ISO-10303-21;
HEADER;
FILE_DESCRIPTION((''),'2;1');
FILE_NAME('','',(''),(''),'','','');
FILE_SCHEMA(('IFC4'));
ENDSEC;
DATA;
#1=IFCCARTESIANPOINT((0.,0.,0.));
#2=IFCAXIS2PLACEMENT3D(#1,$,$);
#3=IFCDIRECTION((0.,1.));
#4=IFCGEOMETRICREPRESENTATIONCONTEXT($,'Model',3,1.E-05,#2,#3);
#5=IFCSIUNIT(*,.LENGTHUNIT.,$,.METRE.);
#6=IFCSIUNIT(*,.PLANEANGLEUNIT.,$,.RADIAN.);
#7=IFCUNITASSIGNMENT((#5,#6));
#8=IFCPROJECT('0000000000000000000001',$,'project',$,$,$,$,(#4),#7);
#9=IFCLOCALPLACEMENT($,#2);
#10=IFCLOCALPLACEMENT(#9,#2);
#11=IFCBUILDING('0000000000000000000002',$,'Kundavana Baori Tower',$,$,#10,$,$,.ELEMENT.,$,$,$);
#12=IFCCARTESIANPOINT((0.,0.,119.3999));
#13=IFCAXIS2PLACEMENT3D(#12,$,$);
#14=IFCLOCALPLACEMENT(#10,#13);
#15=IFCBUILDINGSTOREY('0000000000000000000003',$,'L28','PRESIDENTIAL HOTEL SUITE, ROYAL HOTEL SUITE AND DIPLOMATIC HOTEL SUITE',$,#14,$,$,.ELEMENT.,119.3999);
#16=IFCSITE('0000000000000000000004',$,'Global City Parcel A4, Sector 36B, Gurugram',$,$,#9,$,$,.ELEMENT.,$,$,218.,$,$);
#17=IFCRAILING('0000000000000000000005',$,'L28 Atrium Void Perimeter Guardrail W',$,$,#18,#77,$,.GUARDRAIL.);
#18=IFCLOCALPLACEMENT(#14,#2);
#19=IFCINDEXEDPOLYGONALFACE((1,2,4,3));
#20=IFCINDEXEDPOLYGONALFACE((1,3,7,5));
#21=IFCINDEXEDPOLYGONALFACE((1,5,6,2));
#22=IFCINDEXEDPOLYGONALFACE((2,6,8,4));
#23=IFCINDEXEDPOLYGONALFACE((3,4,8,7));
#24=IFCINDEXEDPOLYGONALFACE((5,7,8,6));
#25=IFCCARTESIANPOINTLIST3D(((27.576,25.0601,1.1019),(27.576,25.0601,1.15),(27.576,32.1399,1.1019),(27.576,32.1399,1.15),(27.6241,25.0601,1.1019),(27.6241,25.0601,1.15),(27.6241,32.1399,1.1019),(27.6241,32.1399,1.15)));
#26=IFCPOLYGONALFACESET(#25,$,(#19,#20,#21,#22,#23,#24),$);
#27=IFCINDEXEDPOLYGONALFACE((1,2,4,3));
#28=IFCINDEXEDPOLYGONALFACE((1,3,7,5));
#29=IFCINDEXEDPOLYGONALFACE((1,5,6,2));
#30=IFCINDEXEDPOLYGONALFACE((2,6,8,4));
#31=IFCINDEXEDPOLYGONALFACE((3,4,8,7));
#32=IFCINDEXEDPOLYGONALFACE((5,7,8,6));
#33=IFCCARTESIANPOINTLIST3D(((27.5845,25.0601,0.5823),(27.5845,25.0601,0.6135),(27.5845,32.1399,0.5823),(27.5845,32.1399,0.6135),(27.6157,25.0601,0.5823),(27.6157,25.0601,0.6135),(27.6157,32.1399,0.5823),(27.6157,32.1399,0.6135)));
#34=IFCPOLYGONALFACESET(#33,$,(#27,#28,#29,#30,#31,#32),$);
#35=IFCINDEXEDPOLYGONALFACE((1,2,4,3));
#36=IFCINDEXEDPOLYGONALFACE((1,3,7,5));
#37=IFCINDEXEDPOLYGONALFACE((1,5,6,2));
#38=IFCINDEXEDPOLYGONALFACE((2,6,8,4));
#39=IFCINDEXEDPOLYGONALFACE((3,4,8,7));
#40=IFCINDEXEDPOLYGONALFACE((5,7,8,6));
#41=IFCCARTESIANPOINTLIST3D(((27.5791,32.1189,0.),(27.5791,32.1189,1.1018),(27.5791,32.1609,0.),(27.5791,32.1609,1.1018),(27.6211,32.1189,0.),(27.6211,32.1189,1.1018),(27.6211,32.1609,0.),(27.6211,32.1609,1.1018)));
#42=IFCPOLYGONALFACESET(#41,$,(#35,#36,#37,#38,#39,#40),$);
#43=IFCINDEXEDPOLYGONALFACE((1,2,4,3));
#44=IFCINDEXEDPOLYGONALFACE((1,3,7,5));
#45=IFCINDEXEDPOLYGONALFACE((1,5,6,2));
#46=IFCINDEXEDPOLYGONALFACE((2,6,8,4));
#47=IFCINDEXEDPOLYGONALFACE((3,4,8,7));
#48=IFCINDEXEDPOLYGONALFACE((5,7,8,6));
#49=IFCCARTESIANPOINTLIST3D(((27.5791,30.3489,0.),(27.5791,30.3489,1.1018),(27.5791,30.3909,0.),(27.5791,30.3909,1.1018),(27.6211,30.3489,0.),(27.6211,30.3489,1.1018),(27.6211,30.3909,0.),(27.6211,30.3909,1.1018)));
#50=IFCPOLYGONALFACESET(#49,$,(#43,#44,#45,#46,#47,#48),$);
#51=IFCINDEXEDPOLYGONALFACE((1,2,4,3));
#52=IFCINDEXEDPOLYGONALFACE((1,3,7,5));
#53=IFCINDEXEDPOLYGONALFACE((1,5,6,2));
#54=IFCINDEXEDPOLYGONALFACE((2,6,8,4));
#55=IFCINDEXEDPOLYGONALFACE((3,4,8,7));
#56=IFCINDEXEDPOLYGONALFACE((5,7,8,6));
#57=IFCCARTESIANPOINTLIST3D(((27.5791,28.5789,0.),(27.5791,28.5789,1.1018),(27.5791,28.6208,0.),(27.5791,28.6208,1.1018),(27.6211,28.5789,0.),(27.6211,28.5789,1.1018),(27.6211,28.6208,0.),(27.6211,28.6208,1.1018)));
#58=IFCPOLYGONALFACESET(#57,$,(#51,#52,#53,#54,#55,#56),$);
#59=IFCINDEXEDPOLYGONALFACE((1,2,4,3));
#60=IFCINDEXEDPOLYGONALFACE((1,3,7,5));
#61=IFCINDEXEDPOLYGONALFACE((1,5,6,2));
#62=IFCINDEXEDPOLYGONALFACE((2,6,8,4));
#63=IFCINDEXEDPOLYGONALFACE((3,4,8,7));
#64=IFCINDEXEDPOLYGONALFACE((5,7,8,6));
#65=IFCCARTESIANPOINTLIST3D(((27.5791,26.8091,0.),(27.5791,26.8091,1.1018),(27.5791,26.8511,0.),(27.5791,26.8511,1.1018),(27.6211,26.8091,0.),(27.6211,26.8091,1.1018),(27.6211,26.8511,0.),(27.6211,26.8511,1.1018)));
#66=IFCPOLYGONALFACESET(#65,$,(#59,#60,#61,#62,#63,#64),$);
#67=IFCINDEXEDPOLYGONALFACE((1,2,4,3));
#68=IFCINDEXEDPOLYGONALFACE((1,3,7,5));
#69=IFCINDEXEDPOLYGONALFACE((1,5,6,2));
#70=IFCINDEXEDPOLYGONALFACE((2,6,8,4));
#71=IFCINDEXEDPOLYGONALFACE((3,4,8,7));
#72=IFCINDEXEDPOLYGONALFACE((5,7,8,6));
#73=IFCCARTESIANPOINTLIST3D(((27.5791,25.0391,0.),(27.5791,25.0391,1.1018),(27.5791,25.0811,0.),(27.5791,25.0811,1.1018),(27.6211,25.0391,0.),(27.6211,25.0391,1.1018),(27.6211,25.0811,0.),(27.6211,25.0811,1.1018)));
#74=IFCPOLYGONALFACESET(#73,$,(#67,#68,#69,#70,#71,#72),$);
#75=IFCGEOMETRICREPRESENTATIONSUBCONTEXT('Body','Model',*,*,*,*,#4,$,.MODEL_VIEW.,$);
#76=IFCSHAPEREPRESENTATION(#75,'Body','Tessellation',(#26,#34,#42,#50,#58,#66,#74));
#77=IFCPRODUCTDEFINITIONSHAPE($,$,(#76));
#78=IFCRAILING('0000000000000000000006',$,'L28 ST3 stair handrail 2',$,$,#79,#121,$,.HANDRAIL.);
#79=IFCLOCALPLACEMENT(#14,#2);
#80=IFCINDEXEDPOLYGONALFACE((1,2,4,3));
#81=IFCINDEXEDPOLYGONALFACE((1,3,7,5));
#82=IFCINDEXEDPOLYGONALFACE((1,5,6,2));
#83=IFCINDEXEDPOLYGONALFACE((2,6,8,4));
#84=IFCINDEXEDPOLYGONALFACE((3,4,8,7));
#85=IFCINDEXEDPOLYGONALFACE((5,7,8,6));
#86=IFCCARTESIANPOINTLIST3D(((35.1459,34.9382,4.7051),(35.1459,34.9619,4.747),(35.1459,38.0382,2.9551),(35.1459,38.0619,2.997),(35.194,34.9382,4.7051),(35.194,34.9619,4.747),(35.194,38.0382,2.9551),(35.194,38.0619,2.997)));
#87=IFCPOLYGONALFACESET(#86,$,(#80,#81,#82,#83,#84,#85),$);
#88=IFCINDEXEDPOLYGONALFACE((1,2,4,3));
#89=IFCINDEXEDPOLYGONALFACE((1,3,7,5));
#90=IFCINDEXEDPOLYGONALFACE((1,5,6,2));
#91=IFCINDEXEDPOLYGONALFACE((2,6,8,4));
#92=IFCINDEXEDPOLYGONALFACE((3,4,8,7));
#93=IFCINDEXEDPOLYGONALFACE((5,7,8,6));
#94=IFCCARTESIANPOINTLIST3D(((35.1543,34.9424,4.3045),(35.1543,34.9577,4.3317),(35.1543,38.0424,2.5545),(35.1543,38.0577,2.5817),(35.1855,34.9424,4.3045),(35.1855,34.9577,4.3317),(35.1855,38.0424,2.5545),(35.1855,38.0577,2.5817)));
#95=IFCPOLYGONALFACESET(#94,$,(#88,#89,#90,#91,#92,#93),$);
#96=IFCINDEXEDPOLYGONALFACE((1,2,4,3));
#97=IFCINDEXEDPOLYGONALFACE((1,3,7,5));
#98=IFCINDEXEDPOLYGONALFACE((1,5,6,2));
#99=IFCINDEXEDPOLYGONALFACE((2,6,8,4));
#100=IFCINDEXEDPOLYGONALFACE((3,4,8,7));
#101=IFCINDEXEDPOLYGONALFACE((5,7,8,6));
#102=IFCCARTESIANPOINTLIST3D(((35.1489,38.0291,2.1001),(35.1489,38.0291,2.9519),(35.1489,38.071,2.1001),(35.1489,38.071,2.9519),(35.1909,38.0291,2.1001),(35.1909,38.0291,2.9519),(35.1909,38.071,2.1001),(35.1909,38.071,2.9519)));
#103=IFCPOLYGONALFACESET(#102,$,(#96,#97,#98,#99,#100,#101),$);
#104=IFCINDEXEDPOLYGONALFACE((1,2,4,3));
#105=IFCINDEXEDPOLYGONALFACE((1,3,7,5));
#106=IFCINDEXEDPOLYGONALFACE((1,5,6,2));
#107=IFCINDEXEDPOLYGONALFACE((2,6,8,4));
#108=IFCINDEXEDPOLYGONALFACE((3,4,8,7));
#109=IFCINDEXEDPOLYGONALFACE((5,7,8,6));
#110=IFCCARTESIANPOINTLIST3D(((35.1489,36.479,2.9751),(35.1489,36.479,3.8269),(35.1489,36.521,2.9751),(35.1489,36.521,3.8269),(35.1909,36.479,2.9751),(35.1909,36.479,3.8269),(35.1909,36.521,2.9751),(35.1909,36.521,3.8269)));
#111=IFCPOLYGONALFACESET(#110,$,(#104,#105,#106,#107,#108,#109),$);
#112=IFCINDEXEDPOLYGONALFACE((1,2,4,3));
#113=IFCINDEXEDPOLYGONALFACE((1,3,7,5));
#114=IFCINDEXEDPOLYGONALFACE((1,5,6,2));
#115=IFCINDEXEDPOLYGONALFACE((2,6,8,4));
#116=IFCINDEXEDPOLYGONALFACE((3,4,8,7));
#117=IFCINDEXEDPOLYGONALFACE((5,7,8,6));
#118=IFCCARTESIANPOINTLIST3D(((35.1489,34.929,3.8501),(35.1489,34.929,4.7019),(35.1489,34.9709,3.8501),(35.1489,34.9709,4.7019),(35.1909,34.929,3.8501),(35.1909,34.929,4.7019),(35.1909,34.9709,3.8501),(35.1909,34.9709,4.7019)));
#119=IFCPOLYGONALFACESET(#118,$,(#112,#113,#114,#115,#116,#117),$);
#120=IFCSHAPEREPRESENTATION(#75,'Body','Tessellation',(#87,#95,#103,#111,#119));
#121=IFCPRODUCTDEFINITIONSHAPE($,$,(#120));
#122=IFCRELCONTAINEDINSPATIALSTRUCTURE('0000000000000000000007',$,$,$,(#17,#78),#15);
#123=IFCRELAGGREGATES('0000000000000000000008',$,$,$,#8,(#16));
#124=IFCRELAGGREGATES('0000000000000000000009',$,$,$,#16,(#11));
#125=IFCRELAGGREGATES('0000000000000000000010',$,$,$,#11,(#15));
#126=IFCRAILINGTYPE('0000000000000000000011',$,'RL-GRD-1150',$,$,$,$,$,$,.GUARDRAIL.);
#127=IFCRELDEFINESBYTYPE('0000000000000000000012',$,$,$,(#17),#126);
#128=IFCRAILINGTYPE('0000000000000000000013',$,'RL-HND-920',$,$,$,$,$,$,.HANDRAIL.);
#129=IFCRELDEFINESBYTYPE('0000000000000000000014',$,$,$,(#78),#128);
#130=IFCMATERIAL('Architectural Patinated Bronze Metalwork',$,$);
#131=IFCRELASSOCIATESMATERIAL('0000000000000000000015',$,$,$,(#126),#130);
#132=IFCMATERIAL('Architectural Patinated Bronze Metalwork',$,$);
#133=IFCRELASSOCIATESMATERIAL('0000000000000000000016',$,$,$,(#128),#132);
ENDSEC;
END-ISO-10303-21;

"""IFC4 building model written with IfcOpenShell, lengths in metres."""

from ifc_helpers import new_model, si_unit, direction, frame, origin, origin_2d, place, context, subcontext, project, spatial, rectangle, extrude, material, type_object, element, save


model = new_model("IFC4")

# Units and contexts
model_context = context("Model", 3, precision=1e-05, world=origin(), true_north=direction((0.0, 1.0)))
body_context = subcontext(model_context, "Body", "Model", "MODEL_VIEW")
ifc_project = project(units=[si_unit("LENGTHUNIT", "METRE"), si_unit("PLANEANGLEUNIT", "RADIAN")], contexts=[model_context])

# Site, building, storey
site_placement = place(None, origin())
site = spatial("IfcSite", under=ifc_project, at=site_placement, Name="Global City Parcel A4, Sector 36B, Gurugram", CompositionType="ELEMENT", RefElevation=218.0)
building_placement = place(site_placement, origin())
building = spatial("IfcBuilding", under=site, at=building_placement, Name="Kundavana Baori Tower", CompositionType="ELEMENT")
storey_placement = place(building_placement, frame((0.0, 0.0, 119.3999)))
storey = spatial("IfcBuildingStorey", under=building, at=storey_placement, Name="L28", Description="PRESIDENTIAL HOTEL SUITE, ROYAL HOTEL SUITE AND DIPLOMATIC HOTEL SUITE", CompositionType="ELEMENT", Elevation=119.3999)

# Railings
ifc_material_1 = material(Name="Architectural Patinated Bronze Metalwork")
railing_type_1 = type_object("IfcRailingType", Name="RL-GRD-1150", PredefinedType="GUARDRAIL", material=ifc_material_1)
railing_1_placement = place(storey_placement, frame((27.6001, 32.1399, 0.0)))
element("IfcRailing", 1, at=railing_1_placement, inside=storey, type_object=railing_type_1, Name="L28 Atrium Void Perimeter Guardrail W", PredefinedType="GUARDRAIL", context=body_context, shape_type="SweptSolid", body=[
    extrude(rectangle(XDim=0.0481, YDim=0.0481, at=origin_2d()), frame((0.0, 0.0, 1.126), z_axis=(0.0, -1.0, 0.0), x_axis=(1.0, 0.0, 0.0)), (0.0, 0.0, 1.0), 7.0798),
    extrude(rectangle(XDim=0.0312, YDim=0.0312, at=origin_2d()), frame((0.0, 0.0, 0.5979), z_axis=(0.0, -1.0, 0.0), x_axis=(1.0, 0.0, 0.0)), (0.0, 0.0, 1.0), 7.0798),
    extrude(rectangle(XDim=0.042, YDim=0.042, at=origin_2d()), origin(), (0.0, 0.0, 1.0), 1.1018),
    extrude(rectangle(XDim=0.042, YDim=0.042, at=origin_2d()), frame((0.0, -1.77, 0.0)), (0.0, 0.0, 1.0), 1.1018),
    extrude(rectangle(XDim=0.042, YDim=0.042, at=origin_2d()), frame((0.0, -3.54, 0.0)), (0.0, 0.0, 1.0), 1.1018),
    extrude(rectangle(XDim=0.042, YDim=0.042, at=origin_2d()), frame((0.0, -5.3098, 0.0)), (0.0, 0.0, 1.0), 1.1018),
    extrude(rectangle(XDim=0.042, YDim=0.042, at=origin_2d()), frame((0.0, -7.0798, 0.0)), (0.0, 0.0, 1.0), 1.1018),
])
ifc_material_2 = material(Name="Architectural Patinated Bronze Metalwork")
railing_type_2 = type_object("IfcRailingType", Name="RL-HND-920", PredefinedType="HANDRAIL", material=ifc_material_2)
railing_2_placement = place(storey_placement, frame((35.1699, 38.05, 2.1001)))
element("IfcRailing", 2, at=railing_2_placement, inside=storey, type_object=railing_type_2, Name="L28 ST3 stair handrail 2", PredefinedType="HANDRAIL", context=body_context, shape_type="SweptSolid", body=[
    extrude(rectangle(XDim=0.0481, YDim=0.0481, at=origin_2d()), frame((0.0, 0.0, 0.876), z_axis=(0.0, -0.870831, 0.491583), x_axis=(1.0, 0.0, 0.0)), (0.0, 0.0, 1.0), 3.5598),
    extrude(rectangle(XDim=0.0312, YDim=0.0312, at=origin_2d()), frame((0.0, 0.0, 0.468), z_axis=(0.0, -0.870831, 0.491583), x_axis=(1.0, 0.0, 0.0)), (0.0, 0.0, 1.0), 3.5598),
    extrude(rectangle(XDim=0.042, YDim=0.042, at=origin_2d()), origin(), (0.0, 0.0, 1.0), 0.8518),
    extrude(rectangle(XDim=0.042, YDim=0.042, at=origin_2d()), frame((0.0, -1.55, 0.875)), (0.0, 0.0, 1.0), 0.8518),
    extrude(rectangle(XDim=0.042, YDim=0.042, at=origin_2d()), frame((0.0, -3.1001, 1.75)), (0.0, 0.0, 1.0), 0.8518),
])

save(model, "model.ifc")
